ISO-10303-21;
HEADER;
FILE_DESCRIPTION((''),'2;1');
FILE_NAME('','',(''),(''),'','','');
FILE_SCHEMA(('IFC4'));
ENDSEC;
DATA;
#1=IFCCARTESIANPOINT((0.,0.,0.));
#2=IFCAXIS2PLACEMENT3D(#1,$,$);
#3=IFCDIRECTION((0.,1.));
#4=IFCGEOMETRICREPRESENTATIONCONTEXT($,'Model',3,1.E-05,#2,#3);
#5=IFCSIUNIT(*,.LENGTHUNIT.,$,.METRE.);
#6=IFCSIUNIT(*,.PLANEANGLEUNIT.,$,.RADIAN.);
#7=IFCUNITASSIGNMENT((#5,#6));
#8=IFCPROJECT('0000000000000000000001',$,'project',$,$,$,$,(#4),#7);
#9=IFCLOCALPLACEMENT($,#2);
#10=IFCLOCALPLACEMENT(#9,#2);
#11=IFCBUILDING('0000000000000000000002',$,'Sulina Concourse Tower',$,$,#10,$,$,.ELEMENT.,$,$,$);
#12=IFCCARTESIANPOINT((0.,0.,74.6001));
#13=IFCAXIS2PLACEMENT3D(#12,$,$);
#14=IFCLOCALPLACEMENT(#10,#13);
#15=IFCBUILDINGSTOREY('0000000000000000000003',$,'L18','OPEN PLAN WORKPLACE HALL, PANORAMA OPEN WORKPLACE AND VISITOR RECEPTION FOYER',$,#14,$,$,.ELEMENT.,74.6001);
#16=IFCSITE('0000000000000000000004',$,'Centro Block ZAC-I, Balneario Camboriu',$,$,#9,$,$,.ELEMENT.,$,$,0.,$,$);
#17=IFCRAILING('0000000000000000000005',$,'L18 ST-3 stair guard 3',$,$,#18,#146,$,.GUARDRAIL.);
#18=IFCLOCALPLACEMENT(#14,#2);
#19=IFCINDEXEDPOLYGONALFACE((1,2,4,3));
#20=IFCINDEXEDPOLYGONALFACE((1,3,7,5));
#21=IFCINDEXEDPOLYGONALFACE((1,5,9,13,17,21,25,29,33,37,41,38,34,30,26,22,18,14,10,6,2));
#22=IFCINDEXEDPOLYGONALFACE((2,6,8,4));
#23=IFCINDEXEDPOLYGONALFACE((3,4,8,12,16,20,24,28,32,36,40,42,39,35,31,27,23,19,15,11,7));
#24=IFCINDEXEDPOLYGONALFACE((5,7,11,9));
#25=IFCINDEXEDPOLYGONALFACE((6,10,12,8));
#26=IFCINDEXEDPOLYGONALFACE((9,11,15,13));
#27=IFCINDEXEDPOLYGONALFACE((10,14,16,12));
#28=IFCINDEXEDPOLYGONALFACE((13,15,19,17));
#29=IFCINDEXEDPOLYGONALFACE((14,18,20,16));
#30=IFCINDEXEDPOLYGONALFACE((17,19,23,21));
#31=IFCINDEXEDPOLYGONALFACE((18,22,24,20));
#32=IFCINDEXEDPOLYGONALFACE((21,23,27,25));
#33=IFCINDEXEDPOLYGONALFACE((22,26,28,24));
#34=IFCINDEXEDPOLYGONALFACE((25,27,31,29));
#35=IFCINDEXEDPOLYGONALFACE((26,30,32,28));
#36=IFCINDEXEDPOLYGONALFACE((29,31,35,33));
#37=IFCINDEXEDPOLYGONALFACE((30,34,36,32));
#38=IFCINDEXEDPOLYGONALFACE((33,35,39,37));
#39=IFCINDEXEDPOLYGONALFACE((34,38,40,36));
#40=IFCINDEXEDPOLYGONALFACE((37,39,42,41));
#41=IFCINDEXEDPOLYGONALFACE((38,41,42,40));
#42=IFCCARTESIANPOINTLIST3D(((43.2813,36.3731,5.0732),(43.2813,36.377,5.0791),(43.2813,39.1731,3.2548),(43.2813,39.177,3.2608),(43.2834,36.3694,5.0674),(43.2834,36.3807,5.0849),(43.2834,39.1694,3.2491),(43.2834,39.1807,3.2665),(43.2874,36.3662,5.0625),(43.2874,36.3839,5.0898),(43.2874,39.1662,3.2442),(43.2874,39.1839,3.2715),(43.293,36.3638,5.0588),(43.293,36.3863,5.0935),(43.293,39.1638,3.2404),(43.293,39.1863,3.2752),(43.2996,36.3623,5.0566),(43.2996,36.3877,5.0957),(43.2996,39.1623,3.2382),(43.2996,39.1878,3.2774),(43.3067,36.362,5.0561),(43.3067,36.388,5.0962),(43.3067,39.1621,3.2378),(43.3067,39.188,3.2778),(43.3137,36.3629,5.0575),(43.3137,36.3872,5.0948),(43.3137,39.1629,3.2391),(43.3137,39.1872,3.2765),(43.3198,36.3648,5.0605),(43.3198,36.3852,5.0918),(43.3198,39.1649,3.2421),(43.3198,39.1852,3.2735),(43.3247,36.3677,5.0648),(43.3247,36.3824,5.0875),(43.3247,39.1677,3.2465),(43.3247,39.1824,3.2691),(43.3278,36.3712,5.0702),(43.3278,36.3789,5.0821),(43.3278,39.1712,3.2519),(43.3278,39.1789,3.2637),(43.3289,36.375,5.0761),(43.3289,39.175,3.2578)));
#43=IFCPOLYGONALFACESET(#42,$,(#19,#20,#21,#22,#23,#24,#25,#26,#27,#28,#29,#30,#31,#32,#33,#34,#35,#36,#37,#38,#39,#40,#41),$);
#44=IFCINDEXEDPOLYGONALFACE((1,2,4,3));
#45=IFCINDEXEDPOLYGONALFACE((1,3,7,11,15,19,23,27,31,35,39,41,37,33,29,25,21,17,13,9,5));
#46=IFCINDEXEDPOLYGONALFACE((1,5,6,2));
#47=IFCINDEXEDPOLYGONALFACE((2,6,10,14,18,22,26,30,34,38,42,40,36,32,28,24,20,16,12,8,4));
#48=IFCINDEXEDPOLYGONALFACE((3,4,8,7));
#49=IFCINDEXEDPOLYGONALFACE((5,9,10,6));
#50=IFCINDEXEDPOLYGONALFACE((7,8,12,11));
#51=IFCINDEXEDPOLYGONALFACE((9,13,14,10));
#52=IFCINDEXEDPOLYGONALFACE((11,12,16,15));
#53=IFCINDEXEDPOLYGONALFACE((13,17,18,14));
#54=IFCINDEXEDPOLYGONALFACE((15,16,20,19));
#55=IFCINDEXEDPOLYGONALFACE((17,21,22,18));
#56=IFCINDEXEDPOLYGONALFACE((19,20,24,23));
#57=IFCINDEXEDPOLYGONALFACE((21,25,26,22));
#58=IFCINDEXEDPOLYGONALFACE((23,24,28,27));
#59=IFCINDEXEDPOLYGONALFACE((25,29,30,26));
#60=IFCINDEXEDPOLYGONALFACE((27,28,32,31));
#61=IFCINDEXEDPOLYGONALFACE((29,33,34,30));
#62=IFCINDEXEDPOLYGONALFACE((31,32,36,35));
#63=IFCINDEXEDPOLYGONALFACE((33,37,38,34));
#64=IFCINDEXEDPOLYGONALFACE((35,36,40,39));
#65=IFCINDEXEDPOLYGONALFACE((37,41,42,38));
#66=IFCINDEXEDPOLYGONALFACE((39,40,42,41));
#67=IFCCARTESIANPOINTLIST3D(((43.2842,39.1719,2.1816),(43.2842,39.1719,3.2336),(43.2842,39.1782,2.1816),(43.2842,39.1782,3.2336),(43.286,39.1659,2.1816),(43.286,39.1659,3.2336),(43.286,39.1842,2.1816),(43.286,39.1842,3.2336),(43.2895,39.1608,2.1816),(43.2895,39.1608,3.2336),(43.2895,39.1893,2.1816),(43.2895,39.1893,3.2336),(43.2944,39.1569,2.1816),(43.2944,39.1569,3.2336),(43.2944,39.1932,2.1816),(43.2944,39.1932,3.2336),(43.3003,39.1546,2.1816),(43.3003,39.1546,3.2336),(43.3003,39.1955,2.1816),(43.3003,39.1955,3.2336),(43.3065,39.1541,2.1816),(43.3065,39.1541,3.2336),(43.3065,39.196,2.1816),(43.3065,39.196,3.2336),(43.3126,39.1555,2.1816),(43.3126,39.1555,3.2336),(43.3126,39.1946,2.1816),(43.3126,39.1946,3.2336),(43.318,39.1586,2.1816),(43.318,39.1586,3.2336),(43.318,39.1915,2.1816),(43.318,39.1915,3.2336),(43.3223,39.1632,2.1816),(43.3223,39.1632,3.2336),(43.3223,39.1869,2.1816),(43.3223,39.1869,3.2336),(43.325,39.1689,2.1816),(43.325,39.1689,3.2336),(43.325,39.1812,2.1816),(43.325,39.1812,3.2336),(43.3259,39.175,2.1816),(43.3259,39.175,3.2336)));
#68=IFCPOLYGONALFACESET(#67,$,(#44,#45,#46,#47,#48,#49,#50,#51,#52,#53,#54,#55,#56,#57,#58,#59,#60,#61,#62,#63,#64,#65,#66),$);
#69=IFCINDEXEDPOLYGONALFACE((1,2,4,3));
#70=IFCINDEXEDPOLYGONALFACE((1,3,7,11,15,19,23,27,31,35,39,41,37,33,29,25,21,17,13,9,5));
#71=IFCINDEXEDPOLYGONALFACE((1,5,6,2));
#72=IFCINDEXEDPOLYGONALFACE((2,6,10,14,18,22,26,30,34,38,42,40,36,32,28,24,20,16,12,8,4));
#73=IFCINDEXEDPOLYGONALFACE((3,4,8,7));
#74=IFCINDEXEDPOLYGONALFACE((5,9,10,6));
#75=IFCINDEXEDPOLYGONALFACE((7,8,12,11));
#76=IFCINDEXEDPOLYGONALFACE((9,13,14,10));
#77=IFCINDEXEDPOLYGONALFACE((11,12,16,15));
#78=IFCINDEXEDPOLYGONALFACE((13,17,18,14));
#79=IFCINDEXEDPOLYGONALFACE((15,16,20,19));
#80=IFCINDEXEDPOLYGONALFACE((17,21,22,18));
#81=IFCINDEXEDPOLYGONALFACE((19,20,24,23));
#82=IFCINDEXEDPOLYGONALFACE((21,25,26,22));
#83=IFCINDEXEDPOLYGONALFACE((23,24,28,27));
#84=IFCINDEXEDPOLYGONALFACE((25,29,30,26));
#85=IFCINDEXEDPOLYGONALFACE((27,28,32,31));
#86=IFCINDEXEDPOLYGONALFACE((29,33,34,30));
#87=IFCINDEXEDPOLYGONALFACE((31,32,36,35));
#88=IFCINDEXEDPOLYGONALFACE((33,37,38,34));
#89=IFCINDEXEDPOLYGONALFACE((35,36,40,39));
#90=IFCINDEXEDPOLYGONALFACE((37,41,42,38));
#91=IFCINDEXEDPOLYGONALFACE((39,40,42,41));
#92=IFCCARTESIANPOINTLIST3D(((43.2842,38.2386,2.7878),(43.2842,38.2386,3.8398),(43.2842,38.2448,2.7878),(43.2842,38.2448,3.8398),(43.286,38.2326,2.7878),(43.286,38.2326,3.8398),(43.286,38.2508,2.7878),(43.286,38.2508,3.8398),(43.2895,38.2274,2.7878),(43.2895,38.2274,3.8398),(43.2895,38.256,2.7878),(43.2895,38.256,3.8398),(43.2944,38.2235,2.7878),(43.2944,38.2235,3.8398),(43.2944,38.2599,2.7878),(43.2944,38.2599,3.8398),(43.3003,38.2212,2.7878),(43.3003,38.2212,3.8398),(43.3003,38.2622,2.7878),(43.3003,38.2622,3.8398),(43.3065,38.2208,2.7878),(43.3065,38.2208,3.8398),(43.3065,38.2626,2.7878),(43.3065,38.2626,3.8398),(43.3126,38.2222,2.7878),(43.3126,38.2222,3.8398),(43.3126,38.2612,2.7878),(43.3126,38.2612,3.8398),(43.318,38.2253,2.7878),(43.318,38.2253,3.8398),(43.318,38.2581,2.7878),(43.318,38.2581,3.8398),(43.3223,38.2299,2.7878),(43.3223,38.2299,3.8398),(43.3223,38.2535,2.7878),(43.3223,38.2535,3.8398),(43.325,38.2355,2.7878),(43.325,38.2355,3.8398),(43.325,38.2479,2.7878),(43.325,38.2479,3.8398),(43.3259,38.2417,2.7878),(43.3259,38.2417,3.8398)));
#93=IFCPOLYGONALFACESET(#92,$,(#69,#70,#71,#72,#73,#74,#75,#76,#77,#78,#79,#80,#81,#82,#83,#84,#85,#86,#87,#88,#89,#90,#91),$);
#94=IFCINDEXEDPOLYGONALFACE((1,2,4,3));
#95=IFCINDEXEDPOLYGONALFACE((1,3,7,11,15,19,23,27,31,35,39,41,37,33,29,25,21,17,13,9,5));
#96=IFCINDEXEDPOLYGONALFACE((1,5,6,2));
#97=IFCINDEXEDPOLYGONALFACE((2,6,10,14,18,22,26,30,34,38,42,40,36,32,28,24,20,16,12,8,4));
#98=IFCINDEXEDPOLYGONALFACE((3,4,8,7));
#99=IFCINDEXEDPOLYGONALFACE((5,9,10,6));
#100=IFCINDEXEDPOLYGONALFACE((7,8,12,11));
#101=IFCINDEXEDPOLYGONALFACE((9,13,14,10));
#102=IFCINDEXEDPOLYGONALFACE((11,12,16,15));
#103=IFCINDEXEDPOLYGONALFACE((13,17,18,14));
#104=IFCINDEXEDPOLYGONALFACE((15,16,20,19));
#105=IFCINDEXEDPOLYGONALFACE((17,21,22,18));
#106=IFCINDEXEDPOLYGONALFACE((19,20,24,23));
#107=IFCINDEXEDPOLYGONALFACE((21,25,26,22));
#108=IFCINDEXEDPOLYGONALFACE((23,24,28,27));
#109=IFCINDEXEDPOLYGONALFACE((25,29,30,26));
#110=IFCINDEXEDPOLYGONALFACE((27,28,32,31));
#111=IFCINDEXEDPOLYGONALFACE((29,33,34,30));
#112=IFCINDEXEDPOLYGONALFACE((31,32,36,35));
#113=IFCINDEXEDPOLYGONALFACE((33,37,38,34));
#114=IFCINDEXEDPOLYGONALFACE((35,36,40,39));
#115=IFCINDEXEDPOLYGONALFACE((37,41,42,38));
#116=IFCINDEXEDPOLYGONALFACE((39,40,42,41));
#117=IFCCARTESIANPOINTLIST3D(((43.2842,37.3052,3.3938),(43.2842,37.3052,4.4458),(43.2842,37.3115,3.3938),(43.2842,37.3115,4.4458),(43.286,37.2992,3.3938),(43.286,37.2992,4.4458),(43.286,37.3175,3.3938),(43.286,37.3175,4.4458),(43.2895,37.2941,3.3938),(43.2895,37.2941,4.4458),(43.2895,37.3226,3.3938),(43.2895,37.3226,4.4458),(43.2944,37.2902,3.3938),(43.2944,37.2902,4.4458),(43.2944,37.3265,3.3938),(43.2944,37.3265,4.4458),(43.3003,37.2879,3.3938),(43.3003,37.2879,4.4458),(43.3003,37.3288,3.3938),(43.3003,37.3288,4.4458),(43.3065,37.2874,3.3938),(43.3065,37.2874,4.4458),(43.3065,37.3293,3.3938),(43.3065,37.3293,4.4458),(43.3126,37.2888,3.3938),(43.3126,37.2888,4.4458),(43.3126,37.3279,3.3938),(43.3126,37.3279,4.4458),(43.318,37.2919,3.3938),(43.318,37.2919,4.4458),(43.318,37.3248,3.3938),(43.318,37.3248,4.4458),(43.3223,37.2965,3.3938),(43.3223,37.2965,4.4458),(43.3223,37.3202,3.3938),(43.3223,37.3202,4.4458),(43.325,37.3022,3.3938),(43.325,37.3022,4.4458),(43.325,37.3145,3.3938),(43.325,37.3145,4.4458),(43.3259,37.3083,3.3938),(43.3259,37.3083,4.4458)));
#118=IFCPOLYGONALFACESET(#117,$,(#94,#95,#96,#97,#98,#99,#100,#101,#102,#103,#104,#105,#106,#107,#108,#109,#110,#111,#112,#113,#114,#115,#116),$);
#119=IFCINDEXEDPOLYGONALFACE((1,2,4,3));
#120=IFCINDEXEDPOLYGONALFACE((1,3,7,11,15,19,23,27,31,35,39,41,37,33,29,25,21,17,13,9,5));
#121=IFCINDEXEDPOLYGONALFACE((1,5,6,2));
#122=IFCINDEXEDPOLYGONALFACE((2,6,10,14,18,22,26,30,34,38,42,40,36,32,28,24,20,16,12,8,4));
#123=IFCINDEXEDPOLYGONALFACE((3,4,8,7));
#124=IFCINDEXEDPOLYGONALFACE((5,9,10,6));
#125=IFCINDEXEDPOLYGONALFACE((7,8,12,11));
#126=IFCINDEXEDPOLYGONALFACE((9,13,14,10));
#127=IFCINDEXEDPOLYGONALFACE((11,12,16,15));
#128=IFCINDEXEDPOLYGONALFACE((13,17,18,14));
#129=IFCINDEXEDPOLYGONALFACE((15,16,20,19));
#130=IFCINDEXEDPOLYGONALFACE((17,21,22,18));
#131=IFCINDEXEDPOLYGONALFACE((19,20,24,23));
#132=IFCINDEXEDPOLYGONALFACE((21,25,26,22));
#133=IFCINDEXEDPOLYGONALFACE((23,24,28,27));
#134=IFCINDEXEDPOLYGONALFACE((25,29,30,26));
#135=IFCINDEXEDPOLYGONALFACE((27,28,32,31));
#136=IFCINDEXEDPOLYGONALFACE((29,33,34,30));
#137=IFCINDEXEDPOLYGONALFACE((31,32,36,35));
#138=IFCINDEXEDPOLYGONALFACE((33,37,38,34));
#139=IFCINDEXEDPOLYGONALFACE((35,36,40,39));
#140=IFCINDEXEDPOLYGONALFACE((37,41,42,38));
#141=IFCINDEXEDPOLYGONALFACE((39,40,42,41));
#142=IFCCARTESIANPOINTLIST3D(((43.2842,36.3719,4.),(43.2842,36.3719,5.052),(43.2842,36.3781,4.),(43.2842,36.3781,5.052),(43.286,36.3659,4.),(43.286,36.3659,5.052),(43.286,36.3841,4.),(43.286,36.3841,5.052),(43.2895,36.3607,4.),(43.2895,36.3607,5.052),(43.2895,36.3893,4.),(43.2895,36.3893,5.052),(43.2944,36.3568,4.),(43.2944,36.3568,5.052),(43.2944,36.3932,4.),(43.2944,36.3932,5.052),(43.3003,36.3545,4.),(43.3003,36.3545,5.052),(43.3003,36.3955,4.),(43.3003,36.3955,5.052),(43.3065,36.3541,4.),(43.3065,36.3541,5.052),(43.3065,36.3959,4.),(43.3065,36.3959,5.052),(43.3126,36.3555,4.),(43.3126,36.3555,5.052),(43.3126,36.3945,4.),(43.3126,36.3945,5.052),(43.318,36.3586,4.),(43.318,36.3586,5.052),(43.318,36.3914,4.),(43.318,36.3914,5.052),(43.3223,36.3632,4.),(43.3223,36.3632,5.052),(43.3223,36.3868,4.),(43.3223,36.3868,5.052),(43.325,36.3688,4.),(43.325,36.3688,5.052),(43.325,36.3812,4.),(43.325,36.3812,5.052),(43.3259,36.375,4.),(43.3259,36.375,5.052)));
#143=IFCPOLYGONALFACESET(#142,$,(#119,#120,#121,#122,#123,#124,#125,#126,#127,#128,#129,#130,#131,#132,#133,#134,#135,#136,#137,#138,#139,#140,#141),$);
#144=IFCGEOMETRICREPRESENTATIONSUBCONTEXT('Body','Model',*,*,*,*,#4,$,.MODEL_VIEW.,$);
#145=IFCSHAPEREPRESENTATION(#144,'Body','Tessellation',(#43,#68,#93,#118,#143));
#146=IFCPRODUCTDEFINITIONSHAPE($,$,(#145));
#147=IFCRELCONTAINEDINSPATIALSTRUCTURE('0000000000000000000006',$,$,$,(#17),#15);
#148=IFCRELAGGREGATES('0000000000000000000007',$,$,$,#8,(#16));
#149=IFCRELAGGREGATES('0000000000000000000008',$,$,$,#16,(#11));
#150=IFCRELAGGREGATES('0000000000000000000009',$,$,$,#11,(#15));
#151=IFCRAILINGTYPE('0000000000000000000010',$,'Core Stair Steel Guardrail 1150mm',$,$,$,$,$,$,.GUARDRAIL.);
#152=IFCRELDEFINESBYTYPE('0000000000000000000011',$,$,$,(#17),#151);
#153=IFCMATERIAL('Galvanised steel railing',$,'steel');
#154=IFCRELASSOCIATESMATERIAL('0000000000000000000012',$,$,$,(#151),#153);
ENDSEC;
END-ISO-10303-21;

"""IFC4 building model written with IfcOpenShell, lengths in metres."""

from ifc_helpers import new_model, si_unit, direction, frame, origin, origin_2d, place, context, subcontext, project, spatial, circle, extrude, material, type_object, element, save


model = new_model("IFC4")

# Units and contexts
model_context = context("Model", 3, precision=1e-05, world=origin(), true_north=direction((0.0, 1.0)))
body_context = subcontext(model_context, "Body", "Model", "MODEL_VIEW")
ifc_project = project(units=[si_unit("LENGTHUNIT", "METRE"), si_unit("PLANEANGLEUNIT", "RADIAN")], contexts=[model_context])

# Site, building, storey
site_placement = place(None, origin())
site = spatial("IfcSite", under=ifc_project, at=site_placement, Name="Centro Block ZAC-I, Balneario Camboriu", CompositionType="ELEMENT", RefElevation=0.0)
building_placement = place(site_placement, origin())
building = spatial("IfcBuilding", under=site, at=building_placement, Name="Sulina Concourse Tower", CompositionType="ELEMENT")
storey_placement = place(building_placement, frame((0.0, 0.0, 74.6001)))
storey = spatial("IfcBuildingStorey", under=building, at=storey_placement, Name="L18", Description="OPEN PLAN WORKPLACE HALL, PANORAMA OPEN WORKPLACE AND VISITOR RECEPTION FOYER", CompositionType="ELEMENT", Elevation=74.6001)

# Railing
ifc_material_1 = material(Name="Galvanised steel railing", Category="steel")
railing_type_1 = type_object("IfcRailingType", Name="Core Stair Steel Guardrail 1150mm", PredefinedType="GUARDRAIL", material=ifc_material_1)
railing_1_placement = place(storey_placement, frame((43.3049, 39.175, 2.1816)))
element("IfcRailing", 1, at=railing_1_placement, inside=storey, type_object=railing_type_1, Name="L18 ST-3 stair guard 3", PredefinedType="GUARDRAIL", context=body_context, shape_type="SweptSolid", body=[
    extrude(circle(Radius=0.0239, at=origin_2d()), frame((0.0, 0.0, 1.0762), z_axis=(0.0, -0.838672, 0.544636), x_axis=(1.0, 0.0, 0.0)), (0.0, 0.0, 1.0), 3.3386),
    extrude(circle(Radius=0.021, at=origin_2d()), origin(), (0.0, 0.0, 1.0), 1.052),
    extrude(circle(Radius=0.021, at=origin_2d()), frame((0.0, -0.9333, 0.6062)), (0.0, 0.0, 1.0), 1.052),
    extrude(circle(Radius=0.021, at=origin_2d()), frame((0.0, -1.8667, 1.2122)), (0.0, 0.0, 1.0), 1.052),
    extrude(circle(Radius=0.021, at=origin_2d()), frame((0.0, -2.8, 1.8184)), (0.0, 0.0, 1.0), 1.052),
])

save(model, "model.ifc")
